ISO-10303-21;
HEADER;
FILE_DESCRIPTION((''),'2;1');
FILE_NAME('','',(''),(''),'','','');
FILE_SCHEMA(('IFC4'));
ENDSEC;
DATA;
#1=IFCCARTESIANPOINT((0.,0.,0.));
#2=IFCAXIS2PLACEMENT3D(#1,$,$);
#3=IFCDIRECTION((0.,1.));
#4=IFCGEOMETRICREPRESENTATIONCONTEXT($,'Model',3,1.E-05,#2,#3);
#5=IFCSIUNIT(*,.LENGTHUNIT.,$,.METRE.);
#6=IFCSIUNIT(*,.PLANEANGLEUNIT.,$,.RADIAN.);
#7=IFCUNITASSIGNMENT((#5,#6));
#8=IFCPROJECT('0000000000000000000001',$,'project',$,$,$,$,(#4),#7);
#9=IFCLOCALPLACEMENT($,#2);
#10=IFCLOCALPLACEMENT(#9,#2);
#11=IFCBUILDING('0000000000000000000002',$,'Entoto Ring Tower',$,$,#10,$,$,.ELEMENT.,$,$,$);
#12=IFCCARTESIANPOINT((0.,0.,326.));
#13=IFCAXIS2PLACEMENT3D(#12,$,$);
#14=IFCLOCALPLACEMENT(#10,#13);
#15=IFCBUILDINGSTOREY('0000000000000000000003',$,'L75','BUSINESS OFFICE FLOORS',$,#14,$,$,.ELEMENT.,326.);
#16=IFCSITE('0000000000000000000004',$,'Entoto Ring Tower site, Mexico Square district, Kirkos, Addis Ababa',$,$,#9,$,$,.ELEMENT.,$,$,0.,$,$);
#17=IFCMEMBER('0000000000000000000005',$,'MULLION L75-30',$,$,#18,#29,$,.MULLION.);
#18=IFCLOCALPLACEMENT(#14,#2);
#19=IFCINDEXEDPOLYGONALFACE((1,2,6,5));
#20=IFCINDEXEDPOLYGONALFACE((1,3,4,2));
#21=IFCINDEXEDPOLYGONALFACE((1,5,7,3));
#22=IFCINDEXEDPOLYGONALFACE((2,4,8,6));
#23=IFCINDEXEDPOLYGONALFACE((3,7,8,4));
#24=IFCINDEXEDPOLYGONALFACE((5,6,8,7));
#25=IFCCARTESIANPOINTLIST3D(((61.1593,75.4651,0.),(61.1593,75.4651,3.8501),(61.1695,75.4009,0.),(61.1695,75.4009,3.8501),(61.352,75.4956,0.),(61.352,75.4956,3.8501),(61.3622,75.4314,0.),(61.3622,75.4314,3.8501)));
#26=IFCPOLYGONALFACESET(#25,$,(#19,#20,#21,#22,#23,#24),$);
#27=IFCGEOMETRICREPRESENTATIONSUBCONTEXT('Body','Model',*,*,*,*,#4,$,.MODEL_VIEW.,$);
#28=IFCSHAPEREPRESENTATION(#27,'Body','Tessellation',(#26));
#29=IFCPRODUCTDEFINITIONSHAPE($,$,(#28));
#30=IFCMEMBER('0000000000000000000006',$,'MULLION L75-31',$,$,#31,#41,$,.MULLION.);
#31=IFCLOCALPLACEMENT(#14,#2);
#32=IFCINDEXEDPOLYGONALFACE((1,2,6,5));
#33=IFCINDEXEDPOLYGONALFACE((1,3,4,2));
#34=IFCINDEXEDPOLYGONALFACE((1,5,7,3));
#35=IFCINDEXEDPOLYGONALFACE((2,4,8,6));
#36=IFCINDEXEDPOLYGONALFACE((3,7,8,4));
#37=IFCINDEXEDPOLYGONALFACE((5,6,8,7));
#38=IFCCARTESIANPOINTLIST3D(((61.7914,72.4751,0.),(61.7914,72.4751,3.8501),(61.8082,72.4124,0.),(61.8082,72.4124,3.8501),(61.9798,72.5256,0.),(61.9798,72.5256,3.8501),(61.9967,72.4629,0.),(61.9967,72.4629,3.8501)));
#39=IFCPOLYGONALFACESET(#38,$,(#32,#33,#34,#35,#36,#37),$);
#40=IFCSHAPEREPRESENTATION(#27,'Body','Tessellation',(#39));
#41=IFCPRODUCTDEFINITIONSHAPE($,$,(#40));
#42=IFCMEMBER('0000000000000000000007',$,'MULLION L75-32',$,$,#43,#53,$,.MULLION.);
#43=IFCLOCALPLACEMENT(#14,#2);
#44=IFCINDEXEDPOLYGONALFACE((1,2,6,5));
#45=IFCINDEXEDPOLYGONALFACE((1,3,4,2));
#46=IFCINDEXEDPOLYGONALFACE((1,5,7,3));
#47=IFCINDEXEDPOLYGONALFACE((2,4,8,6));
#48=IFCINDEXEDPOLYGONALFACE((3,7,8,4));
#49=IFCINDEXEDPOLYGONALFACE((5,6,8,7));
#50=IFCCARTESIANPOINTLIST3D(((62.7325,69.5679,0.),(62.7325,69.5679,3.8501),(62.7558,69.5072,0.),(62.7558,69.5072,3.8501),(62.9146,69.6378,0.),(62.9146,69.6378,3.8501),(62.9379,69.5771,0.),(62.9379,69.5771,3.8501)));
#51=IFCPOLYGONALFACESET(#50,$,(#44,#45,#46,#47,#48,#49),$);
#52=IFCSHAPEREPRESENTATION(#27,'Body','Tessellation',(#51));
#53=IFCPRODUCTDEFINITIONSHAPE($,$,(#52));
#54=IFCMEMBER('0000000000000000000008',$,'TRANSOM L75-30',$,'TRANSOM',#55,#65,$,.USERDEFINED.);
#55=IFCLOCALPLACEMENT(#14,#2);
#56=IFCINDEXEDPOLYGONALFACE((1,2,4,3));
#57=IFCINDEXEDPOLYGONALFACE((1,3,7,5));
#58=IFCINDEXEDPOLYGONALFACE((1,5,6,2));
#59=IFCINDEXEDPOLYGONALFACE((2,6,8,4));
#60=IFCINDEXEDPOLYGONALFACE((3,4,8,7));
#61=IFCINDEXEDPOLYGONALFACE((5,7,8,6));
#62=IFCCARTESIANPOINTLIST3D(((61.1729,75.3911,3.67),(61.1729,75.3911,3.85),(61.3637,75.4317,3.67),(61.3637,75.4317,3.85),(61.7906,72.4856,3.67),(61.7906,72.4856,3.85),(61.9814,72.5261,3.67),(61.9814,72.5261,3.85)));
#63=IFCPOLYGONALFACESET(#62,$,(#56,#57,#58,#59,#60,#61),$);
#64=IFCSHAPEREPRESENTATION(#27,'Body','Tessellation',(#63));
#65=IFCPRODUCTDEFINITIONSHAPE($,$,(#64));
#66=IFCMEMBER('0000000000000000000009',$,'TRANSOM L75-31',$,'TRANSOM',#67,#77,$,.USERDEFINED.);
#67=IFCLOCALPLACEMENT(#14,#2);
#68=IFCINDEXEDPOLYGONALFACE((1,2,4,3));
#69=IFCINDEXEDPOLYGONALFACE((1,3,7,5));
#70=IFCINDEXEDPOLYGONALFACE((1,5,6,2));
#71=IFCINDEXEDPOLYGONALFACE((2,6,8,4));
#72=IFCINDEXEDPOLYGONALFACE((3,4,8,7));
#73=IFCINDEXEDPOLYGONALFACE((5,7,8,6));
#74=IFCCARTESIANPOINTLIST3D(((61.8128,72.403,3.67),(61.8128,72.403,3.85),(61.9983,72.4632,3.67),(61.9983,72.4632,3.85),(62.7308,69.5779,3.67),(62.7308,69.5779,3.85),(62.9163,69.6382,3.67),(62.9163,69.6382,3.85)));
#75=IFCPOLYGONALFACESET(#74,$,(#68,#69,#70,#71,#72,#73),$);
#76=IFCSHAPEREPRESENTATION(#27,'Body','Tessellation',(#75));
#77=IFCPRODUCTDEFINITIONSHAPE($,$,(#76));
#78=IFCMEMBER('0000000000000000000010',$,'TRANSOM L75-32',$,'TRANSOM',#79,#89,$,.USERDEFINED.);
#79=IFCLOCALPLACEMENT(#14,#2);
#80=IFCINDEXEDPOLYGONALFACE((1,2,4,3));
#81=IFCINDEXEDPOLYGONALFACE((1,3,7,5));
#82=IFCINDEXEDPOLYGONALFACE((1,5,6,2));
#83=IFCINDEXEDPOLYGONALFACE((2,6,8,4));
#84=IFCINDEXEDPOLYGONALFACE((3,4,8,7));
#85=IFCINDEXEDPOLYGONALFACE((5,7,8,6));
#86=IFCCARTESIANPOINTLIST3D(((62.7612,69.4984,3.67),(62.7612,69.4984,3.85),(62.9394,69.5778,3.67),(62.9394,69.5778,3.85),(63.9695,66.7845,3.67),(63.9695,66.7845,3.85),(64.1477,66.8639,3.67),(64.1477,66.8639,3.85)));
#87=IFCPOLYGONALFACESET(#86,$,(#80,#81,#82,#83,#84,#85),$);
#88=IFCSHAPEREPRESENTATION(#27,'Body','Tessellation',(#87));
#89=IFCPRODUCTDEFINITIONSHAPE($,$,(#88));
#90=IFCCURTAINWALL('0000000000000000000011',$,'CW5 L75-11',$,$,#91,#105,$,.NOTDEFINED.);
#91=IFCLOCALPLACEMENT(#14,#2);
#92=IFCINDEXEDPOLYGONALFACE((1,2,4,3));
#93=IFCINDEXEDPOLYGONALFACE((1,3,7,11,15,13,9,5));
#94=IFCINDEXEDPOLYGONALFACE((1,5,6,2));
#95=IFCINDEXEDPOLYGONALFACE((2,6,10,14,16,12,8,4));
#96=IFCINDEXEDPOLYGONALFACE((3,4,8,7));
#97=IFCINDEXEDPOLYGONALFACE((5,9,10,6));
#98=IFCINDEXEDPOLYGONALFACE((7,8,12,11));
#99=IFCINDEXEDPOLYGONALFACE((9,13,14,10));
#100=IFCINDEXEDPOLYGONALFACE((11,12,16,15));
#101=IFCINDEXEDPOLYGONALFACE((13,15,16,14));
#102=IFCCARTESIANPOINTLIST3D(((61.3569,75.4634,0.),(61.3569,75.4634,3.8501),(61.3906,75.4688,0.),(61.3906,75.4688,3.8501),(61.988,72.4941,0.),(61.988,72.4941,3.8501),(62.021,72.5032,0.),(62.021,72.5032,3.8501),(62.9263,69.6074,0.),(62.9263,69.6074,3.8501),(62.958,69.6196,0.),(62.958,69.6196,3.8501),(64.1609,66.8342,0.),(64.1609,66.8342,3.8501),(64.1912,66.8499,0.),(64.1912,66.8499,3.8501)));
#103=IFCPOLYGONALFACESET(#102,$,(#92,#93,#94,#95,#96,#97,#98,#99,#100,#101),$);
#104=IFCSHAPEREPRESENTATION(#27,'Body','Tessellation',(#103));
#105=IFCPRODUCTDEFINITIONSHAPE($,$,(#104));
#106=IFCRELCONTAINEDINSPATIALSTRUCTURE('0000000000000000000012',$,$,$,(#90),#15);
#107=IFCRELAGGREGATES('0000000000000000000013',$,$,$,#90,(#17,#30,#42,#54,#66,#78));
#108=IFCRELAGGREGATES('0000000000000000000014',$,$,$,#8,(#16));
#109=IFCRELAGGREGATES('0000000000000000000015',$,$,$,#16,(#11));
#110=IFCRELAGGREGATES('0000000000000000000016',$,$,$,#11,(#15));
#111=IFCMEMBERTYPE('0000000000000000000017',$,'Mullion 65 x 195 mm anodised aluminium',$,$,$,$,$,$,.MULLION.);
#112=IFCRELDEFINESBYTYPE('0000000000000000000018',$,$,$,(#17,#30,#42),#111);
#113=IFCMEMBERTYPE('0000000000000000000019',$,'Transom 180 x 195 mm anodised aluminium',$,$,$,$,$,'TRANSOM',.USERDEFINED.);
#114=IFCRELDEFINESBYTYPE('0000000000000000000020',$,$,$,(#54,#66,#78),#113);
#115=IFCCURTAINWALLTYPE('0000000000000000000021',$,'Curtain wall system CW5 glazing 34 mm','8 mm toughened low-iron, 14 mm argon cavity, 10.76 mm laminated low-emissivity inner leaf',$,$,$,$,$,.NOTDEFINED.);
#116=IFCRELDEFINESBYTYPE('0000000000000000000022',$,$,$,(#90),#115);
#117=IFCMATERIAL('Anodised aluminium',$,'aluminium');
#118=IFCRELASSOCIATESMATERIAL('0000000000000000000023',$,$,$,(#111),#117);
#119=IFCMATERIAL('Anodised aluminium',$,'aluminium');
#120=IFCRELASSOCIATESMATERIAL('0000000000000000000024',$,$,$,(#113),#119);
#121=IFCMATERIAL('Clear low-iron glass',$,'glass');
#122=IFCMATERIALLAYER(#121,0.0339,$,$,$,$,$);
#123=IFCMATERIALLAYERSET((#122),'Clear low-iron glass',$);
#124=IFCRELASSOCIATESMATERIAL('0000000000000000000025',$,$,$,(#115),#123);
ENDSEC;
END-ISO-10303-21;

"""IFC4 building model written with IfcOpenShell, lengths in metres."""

from ifc_helpers import new_model, si_unit, direction, frame, origin, origin_2d, place, context, subcontext, project, spatial, polyline, rectangle, outline, extrude, material, layer, layer_set, material_profile, profile_set, type_object, element, aggregate, save


model = new_model("IFC4")

# Units and contexts
model_context = context("Model", 3, precision=1e-05, world=origin(), true_north=direction((0.0, 1.0)))
body_context = subcontext(model_context, "Body", "Model", "MODEL_VIEW")
ifc_project = project(units=[si_unit("LENGTHUNIT", "METRE"), si_unit("PLANEANGLEUNIT", "RADIAN")], contexts=[model_context])

# Members
ifc_material_1 = material(Name="Anodised aluminium", Category="aluminium")
ifc_material_profile_1 = material_profile(ifc_material_1, rectangle(XDim=0.0649, YDim=0.1951, at=origin_2d()), Name="Mullion 65 x 195 mm anodised aluminium")
ifc_profile_set_1 = profile_set([ifc_material_profile_1], Name="Anodised aluminium")
member_type_1 = type_object("IfcMemberType", Name="Mullion 65 x 195 mm anodised aluminium", PredefinedType="MULLION", material=ifc_profile_set_1)
site_placement = place(None, origin())
building_placement = place(site_placement, origin())
storey_placement = place(building_placement, frame((0.0, 0.0, 326.0)))
member_1_placement = place(storey_placement, frame((61.2607, 75.4482, 0.0), z_axis=(0.0, 0.0, 1.0), x_axis=(0.156434, -0.987688, 0.0)))
member_1 = element("IfcMember", 1, at=member_1_placement, type_object=member_type_1, Name="MULLION L75-30", PredefinedType="MULLION", context=body_context, shape_type="SweptSolid", body=[
    extrude(rectangle(XDim=0.0649, YDim=0.1951, at=origin_2d()), origin(), (0.0, 0.0, 1.0), 3.8501),
])
member_2_placement = place(storey_placement, frame((61.894, 72.469, 0.0), z_axis=(0.0, 0.0, 1.0), x_axis=(0.258819, -0.965926, 0.0)))
member_2 = element("IfcMember", 2, at=member_2_placement, type_object=member_type_1, Name="MULLION L75-31", PredefinedType="MULLION", context=body_context, shape_type="SweptSolid", body=[
    extrude(rectangle(XDim=0.0649, YDim=0.1951, at=origin_2d()), origin(), (0.0, 0.0, 1.0), 3.8501),
])
member_3_placement = place(storey_placement, frame((62.8352, 69.5725, 0.0), z_axis=(0.0, 0.0, 1.0), x_axis=(0.358368, -0.93358, 0.0)))
member_3 = element("IfcMember", 3, at=member_3_placement, type_object=member_type_1, Name="MULLION L75-32", PredefinedType="MULLION", context=body_context, shape_type="SweptSolid", body=[
    extrude(rectangle(XDim=0.0649, YDim=0.1951, at=origin_2d()), origin(), (0.0, 0.0, 1.0), 3.8501),
])
ifc_material_2 = material(Name="Anodised aluminium", Category="aluminium")
ifc_material_profile_2 = material_profile(ifc_material_2, rectangle(XDim=0.1951, YDim=0.1799, at=origin_2d()), Name="Transom 180 x 195 mm anodised aluminium")
ifc_profile_set_2 = profile_set([ifc_material_profile_2], Name="Anodised aluminium")
member_type_2 = type_object("IfcMemberType", Name="Transom 180 x 195 mm anodised aluminium", ElementType="TRANSOM", PredefinedType="USERDEFINED", material=ifc_profile_set_2)
member_4_placement = place(storey_placement, frame((61.2683, 75.4114, 3.76), z_axis=(0.20794, -0.978142, 0.0), x_axis=(0.978142, 0.20794, 0.0)))
member_4 = element("IfcMember", 4, at=member_4_placement, type_object=member_type_2, Name="TRANSOM L75-30", ObjectType="TRANSOM", PredefinedType="USERDEFINED", context=body_context, shape_type="SweptSolid", body=[
    extrude(rectangle(XDim=0.1951, YDim=0.1799, at=origin_2d()), origin(), (0.0, 0.0, 1.0), 2.9705),
])
member_5_placement = place(storey_placement, frame((61.9055, 72.4331, 3.76), z_axis=(0.309043, -0.951048, 0.0), x_axis=(0.951048, 0.309043, 0.0)))
member_5 = element("IfcMember", 5, at=member_5_placement, type_object=member_type_2, Name="TRANSOM L75-31", ObjectType="TRANSOM", PredefinedType="USERDEFINED", context=body_context, shape_type="SweptSolid", body=[
    extrude(rectangle(XDim=0.1951, YDim=0.1799, at=origin_2d()), origin(), (0.0, 0.0, 1.0), 2.9705),
])
member_6_placement = place(storey_placement, frame((62.8503, 69.5381, 3.76), z_axis=(0.406726, -0.91355, 0.0), x_axis=(0.91355, 0.406726, 0.0)))
member_6 = element("IfcMember", 6, at=member_6_placement, type_object=member_type_2, Name="TRANSOM L75-32", ObjectType="TRANSOM", PredefinedType="USERDEFINED", context=body_context, shape_type="SweptSolid", body=[
    extrude(rectangle(XDim=0.1951, YDim=0.1799, at=origin_2d()), origin(), (0.0, 0.0, 1.0), 2.9707),
])

# Site, building, storey
site = spatial("IfcSite", under=ifc_project, at=site_placement, Name="Entoto Ring Tower site, Mexico Square district, Kirkos, Addis Ababa", CompositionType="ELEMENT", RefElevation=0.0)
building = spatial("IfcBuilding", under=site, at=building_placement, Name="Entoto Ring Tower", CompositionType="ELEMENT")
storey = spatial("IfcBuildingStorey", under=building, at=storey_placement, Name="L75", Description="BUSINESS OFFICE FLOORS", CompositionType="ELEMENT", Elevation=326.0)

# Curtain wall
ifc_material_3 = material(Name="Clear low-iron glass", Category="glass")
ifc_layer = layer(ifc_material_3, 0.0339)
ifc_layer_set = layer_set([ifc_layer], Name="Clear low-iron glass")
curtain_wall_type = type_object("IfcCurtainWallType", Name="Curtain wall system CW5 glazing 34 mm", Description="8 mm toughened low-iron, 14 mm argon cavity, 10.76 mm laminated low-emissivity inner leaf", PredefinedType="NOTDEFINED", material=ifc_layer_set)
curtain_wall_1_placement = place(storey_placement, origin())
curtain_wall_1 = element("IfcCurtainWall", 7, at=curtain_wall_1_placement, inside=storey, type_object=curtain_wall_type, Name="CW5 L75-11", PredefinedType="NOTDEFINED", context=body_context, shape_type="SweptSolid", body=[
    extrude(outline(polyline([(61.3569, 75.4634), (61.988, 72.4941), (62.9263, 69.6074), (64.1609, 66.8342), (64.1912, 66.8499), (62.958, 69.6196), (62.021, 72.5032), (61.3906, 75.4688), (61.3569, 75.4634)])), origin(), (0.0, 0.0, 1.0), 3.8501),
])
aggregate(curtain_wall_1, [member_1, member_2, member_3, member_4, member_5, member_6])

save(model, "model.ifc")
